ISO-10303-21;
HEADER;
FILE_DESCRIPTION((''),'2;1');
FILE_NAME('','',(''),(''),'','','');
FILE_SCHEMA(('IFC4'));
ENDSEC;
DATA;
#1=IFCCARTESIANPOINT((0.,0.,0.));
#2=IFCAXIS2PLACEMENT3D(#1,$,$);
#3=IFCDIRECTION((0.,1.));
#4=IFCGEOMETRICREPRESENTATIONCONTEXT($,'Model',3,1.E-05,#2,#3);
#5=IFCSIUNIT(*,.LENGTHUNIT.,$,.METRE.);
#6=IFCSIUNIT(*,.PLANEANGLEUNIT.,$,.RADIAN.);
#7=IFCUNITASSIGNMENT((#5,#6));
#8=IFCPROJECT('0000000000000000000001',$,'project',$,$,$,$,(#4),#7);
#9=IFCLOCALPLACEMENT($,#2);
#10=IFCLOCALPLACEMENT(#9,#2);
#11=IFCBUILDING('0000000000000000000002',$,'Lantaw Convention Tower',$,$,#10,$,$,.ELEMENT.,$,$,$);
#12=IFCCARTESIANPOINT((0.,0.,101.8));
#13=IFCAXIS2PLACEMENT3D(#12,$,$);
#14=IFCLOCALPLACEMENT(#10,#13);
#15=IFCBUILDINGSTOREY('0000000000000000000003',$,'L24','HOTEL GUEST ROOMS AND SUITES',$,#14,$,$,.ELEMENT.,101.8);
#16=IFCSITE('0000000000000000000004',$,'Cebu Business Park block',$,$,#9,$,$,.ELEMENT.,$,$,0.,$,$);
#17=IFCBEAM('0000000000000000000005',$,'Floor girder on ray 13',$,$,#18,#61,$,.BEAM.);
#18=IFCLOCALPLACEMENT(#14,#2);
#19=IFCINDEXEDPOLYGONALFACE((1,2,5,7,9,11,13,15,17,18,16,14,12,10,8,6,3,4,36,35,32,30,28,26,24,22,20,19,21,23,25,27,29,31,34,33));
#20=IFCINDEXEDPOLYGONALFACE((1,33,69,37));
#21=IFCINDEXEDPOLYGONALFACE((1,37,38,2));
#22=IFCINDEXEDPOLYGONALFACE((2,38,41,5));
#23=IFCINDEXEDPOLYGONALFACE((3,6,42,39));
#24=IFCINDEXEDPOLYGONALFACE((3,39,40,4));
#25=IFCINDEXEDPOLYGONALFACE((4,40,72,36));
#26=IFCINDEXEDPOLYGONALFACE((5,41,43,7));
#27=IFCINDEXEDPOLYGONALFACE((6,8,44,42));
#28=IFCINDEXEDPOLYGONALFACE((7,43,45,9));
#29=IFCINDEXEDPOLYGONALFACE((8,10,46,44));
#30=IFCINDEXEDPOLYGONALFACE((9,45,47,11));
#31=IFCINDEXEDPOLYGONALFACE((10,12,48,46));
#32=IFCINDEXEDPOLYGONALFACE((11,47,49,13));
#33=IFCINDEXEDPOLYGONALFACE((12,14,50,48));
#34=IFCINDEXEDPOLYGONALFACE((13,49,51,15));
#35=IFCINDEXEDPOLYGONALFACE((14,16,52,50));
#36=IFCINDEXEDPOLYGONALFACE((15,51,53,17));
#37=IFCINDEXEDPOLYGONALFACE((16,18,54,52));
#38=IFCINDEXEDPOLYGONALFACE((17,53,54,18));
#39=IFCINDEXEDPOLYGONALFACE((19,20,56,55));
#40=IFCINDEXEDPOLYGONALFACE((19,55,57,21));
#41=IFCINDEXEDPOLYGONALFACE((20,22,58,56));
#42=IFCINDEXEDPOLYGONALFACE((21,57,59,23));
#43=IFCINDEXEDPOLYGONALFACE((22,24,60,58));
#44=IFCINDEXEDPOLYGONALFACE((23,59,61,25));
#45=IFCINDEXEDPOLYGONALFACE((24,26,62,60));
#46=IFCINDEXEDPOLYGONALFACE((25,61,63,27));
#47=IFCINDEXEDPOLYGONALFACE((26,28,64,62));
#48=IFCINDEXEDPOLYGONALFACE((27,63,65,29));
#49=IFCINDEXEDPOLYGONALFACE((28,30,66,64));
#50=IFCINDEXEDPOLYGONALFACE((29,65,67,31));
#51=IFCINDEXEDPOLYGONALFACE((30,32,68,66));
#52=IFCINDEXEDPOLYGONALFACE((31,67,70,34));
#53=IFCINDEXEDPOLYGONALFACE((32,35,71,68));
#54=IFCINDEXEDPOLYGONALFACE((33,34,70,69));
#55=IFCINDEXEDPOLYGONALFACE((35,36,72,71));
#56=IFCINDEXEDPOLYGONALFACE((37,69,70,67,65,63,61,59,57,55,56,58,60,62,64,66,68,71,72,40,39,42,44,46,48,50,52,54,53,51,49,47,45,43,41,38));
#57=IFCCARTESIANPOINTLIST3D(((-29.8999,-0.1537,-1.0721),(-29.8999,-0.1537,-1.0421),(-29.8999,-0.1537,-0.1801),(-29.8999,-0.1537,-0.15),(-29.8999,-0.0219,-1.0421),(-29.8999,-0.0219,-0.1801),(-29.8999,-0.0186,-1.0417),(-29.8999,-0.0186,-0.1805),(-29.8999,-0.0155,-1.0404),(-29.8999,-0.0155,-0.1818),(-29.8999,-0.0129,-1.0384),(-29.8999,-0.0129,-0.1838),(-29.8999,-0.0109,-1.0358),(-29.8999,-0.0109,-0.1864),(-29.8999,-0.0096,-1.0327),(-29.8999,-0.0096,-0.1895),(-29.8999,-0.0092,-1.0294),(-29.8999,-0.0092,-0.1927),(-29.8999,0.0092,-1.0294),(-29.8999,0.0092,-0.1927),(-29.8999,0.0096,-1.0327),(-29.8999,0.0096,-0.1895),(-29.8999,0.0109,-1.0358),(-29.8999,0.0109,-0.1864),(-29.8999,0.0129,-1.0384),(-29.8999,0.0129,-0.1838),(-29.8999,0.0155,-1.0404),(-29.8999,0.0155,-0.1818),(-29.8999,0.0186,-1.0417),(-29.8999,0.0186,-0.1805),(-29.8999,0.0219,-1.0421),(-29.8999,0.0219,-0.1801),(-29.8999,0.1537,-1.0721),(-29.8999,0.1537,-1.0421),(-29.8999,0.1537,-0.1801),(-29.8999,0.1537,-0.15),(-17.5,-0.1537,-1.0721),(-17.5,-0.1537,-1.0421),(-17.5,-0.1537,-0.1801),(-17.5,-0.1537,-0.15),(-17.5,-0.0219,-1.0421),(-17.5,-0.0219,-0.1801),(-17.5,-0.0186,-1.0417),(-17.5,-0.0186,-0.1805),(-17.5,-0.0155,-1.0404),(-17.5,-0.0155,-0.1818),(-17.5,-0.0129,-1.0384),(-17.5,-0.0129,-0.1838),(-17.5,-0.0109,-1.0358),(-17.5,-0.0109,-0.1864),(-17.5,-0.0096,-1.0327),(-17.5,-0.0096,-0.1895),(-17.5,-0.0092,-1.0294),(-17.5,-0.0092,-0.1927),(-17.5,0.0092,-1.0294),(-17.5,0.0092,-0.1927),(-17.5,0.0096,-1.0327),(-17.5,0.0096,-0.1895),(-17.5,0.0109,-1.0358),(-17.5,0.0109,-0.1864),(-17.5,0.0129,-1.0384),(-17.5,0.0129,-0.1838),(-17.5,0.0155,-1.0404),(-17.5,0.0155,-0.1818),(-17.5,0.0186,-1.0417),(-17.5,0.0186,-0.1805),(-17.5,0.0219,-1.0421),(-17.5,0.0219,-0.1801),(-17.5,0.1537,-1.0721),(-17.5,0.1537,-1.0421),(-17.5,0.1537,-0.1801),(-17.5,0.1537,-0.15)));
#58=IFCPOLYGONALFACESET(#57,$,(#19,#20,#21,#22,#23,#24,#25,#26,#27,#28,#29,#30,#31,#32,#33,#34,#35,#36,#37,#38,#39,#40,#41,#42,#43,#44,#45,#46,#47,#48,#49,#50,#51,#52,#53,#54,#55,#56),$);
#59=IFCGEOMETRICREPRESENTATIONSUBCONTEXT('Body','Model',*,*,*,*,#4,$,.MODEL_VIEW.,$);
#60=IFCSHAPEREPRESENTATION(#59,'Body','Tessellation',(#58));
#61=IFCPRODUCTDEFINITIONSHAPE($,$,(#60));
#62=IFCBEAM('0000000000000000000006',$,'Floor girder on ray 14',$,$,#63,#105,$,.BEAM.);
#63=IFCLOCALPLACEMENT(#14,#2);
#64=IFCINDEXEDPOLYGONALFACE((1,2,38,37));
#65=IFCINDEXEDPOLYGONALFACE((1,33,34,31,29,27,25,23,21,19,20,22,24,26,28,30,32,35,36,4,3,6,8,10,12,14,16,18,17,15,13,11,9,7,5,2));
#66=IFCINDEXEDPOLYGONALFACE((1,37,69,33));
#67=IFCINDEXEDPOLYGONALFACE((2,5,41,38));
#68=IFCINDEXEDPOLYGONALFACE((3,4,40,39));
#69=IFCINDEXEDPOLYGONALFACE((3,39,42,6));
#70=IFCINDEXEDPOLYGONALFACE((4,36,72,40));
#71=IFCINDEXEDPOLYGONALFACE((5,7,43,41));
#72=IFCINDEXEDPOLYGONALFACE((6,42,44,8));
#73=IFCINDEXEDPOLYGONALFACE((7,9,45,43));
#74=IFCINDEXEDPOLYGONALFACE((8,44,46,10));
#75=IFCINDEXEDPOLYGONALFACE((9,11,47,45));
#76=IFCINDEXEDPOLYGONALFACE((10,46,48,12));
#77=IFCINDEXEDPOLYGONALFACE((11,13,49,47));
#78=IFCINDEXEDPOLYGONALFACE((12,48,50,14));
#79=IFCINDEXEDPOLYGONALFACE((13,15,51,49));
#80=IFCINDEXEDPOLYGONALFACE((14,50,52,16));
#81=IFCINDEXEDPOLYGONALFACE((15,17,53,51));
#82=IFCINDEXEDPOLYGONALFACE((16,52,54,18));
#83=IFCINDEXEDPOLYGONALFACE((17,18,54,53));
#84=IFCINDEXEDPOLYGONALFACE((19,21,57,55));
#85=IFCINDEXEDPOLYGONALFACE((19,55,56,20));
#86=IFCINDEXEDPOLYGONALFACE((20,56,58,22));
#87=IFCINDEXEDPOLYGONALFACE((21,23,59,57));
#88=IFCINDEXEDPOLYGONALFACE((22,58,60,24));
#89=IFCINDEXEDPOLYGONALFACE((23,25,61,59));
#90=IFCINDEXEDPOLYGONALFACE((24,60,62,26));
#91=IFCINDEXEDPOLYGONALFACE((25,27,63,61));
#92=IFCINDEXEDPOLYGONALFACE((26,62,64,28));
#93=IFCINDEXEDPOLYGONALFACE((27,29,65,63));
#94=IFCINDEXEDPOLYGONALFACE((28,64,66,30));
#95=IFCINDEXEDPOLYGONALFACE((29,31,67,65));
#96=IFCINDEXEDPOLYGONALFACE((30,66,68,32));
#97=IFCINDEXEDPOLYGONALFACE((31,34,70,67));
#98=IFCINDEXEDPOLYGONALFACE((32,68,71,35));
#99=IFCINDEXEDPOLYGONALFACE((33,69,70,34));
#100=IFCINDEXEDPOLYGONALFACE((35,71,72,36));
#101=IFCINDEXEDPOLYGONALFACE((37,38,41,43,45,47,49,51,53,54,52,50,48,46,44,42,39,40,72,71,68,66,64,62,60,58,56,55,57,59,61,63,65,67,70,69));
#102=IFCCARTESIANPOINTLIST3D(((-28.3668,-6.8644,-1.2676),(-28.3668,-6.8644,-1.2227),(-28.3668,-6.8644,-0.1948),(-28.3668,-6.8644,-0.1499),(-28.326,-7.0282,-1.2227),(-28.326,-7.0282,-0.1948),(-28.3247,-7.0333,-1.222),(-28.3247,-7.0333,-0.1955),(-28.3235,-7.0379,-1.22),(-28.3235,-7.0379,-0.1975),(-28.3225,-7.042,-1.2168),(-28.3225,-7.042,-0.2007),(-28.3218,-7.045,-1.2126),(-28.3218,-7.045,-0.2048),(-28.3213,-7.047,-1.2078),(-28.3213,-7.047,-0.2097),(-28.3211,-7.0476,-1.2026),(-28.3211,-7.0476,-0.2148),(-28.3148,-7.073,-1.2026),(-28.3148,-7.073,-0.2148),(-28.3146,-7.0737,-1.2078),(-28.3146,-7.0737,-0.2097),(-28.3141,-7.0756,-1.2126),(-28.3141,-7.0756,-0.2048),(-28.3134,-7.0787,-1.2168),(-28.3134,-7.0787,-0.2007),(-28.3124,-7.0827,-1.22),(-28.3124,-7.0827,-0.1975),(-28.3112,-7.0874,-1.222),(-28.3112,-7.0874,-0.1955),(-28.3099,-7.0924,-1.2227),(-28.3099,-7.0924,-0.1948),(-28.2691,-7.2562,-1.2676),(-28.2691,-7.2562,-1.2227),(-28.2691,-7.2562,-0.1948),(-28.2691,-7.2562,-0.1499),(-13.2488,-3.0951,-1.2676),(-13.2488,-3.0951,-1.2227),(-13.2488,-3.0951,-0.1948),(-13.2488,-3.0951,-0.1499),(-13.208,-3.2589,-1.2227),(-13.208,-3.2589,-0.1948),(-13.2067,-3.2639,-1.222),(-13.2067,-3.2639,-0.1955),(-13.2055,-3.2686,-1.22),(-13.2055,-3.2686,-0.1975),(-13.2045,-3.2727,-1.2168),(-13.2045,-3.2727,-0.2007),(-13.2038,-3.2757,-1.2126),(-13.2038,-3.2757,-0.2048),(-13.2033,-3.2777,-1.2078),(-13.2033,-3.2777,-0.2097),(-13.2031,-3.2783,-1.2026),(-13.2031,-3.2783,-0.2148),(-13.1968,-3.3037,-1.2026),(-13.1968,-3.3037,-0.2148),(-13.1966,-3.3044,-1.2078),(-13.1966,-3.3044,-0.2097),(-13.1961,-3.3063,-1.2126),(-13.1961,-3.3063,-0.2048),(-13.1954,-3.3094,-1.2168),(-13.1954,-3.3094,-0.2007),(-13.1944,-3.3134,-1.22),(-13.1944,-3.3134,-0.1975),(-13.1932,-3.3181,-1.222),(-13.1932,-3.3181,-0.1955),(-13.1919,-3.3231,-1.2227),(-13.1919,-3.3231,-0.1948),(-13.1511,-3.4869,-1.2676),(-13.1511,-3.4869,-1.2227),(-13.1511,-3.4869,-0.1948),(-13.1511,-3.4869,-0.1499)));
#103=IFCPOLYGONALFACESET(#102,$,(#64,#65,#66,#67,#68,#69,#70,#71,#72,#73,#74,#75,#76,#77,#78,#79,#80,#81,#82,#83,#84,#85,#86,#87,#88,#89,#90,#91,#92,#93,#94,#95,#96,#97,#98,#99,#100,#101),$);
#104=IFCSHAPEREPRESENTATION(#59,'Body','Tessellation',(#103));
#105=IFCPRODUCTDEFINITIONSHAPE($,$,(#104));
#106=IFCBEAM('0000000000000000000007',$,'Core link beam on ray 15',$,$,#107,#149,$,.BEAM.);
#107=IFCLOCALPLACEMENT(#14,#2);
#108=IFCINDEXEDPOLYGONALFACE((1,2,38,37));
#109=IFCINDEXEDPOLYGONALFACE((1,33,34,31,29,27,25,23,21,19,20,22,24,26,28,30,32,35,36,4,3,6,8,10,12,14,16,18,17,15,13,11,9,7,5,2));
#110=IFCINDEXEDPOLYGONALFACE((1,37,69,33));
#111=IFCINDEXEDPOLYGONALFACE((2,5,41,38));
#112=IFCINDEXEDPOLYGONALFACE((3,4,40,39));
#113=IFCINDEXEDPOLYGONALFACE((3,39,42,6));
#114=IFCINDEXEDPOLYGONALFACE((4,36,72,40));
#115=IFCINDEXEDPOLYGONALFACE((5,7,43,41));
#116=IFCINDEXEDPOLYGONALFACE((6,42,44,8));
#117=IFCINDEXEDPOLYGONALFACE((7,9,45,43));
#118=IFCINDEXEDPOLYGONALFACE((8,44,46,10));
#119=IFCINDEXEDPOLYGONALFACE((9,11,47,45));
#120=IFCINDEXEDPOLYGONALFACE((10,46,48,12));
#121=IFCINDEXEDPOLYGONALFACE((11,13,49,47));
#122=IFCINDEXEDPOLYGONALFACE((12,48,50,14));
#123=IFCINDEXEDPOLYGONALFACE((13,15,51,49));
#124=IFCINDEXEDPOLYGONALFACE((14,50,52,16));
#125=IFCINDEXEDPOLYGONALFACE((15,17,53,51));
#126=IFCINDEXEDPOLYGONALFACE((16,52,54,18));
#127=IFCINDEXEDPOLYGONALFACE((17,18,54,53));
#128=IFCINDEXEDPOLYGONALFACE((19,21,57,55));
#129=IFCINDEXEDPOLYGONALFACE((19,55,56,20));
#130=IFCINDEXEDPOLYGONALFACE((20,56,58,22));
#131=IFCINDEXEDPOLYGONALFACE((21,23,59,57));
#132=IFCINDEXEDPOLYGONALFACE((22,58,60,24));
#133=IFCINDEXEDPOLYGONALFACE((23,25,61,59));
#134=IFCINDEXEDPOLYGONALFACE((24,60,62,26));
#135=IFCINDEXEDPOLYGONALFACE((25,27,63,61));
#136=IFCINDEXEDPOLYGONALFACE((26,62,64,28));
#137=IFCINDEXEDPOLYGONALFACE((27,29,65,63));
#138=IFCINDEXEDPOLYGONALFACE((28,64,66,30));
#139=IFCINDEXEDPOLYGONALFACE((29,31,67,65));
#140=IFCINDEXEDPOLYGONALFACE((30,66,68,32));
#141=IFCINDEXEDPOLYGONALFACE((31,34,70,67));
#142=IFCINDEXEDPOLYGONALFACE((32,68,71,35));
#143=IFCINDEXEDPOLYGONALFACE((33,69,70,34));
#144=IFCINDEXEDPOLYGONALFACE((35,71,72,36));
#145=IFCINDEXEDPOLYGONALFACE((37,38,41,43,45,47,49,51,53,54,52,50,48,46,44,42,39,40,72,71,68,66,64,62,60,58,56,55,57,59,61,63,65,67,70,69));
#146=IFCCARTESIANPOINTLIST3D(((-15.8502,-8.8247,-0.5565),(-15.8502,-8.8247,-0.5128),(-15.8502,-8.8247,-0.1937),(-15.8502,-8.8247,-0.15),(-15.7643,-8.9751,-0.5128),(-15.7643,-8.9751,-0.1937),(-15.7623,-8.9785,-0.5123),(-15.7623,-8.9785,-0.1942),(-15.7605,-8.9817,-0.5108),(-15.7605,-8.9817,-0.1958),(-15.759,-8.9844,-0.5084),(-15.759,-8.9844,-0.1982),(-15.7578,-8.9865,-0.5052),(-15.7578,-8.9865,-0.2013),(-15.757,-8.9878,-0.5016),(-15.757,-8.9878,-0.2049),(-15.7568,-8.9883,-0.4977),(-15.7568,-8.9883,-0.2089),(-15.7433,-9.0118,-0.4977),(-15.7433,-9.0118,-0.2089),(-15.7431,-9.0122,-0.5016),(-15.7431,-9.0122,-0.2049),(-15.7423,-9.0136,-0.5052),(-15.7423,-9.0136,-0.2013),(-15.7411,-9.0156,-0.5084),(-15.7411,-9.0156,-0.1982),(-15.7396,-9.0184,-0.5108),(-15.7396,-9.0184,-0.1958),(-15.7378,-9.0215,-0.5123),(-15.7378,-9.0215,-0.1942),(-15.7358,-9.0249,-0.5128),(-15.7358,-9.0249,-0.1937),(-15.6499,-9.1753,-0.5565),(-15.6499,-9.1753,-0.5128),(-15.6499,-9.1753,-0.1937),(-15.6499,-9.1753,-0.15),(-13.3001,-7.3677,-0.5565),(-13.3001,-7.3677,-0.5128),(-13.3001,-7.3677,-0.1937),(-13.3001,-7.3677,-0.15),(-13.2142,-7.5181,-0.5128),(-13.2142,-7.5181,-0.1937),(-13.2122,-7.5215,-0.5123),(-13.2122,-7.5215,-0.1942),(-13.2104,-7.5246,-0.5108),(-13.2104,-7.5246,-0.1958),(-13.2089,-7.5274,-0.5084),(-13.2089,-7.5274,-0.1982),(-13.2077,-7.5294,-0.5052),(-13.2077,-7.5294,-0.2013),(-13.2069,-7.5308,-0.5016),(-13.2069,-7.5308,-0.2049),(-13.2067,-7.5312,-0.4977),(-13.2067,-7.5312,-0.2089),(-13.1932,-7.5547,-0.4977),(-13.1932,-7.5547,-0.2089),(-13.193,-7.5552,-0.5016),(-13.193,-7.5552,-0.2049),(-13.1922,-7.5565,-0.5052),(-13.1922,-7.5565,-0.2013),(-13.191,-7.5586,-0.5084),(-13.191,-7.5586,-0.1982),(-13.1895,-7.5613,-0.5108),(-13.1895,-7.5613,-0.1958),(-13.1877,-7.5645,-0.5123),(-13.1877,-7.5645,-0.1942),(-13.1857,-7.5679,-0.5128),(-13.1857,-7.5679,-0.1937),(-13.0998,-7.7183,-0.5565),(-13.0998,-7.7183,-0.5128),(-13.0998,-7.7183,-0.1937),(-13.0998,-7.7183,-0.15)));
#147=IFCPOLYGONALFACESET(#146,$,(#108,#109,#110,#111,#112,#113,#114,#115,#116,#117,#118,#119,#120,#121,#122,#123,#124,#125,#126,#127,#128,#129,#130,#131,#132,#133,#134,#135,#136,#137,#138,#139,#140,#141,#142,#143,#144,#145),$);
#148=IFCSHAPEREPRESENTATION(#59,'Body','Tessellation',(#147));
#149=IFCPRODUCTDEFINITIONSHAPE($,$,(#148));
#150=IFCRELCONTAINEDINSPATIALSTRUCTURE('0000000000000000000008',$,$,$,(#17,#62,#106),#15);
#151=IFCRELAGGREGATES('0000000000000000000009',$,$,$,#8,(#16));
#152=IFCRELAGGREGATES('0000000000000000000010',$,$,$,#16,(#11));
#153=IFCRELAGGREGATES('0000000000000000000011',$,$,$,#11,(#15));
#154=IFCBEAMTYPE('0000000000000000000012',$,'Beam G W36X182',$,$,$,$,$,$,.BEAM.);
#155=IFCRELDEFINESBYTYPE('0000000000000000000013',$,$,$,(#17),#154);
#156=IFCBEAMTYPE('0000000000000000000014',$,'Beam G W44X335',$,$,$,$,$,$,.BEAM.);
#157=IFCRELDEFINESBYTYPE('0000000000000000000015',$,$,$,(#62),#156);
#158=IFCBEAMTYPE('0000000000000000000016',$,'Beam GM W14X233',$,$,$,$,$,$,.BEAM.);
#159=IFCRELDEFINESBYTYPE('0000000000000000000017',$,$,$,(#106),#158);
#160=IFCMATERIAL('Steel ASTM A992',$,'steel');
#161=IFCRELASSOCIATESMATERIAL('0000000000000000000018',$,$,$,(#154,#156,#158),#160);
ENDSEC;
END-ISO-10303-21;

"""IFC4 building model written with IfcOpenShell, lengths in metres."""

from ifc_helpers import new_model, si_unit, direction, frame, origin, origin_2d, place, context, subcontext, project, spatial, i_section, extrude, material, material_profile, profile_set, type_object, element, save


model = new_model("IFC4")

# Units and contexts
model_context = context("Model", 3, precision=1e-05, world=origin(), true_north=direction((0.0, 1.0)))
body_context = subcontext(model_context, "Body", "Model", "MODEL_VIEW")
ifc_project = project(units=[si_unit("LENGTHUNIT", "METRE"), si_unit("PLANEANGLEUNIT", "RADIAN")], contexts=[model_context])

# Site, building, storey
site_placement = place(None, origin())
site = spatial("IfcSite", under=ifc_project, at=site_placement, Name="Cebu Business Park block", CompositionType="ELEMENT", RefElevation=0.0)
building_placement = place(site_placement, origin())
building = spatial("IfcBuilding", under=site, at=building_placement, Name="Lantaw Convention Tower", CompositionType="ELEMENT")
storey_placement = place(building_placement, frame((0.0, 0.0, 101.8)))
storey = spatial("IfcBuildingStorey", under=building, at=storey_placement, Name="L24", Description="HOTEL GUEST ROOMS AND SUITES", CompositionType="ELEMENT", Elevation=101.8)

# Beams
ifc_material_1 = material(Name="Steel ASTM A992", Category="steel")
ifc_material_profile_1 = material_profile(ifc_material_1, i_section(OverallWidth=0.3074, OverallDepth=0.9221, WebThickness=0.0183, FlangeThickness=0.03, FilletRadius=0.0127, at=origin_2d()), Name="W36X182")
ifc_profile_set_1 = profile_set([ifc_material_profile_1], Name="Steel ASTM A992")
beam_type_1 = type_object("IfcBeamType", Name="Beam G W36X182", PredefinedType="BEAM", material=ifc_profile_set_1)
beam_1_placement = place(storey_placement, frame((-17.5, 0.0, -0.6111), z_axis=(-1.0, 0.0, 0.0), x_axis=(0.0, -1.0, 0.0)))
element("IfcBeam", 1, at=beam_1_placement, inside=storey, type_object=beam_type_1, Name="Floor girder on ray 13", PredefinedType="BEAM", context=body_context, shape_type="SweptSolid", body=[
    extrude(i_section(OverallWidth=0.3074, OverallDepth=0.9221, WebThickness=0.0183, FlangeThickness=0.03, FilletRadius=0.0127, at=origin_2d()), origin(), (0.0, 0.0, 1.0), 12.3999),
])
ifc_material_profile_2 = material_profile(ifc_material_1, i_section(OverallWidth=0.4038, OverallDepth=1.1177, WebThickness=0.0261, FlangeThickness=0.0449, FilletRadius=0.02, at=origin_2d()), Name="W44X335")
ifc_profile_set_2 = profile_set([ifc_material_profile_2], Name="Steel ASTM A992")
beam_type_2 = type_object("IfcBeamType", Name="Beam G W44X335", PredefinedType="BEAM", material=ifc_profile_set_2)
beam_2_placement = place(storey_placement, frame((-13.2, -3.291, -0.7087), z_axis=(-0.970296, -0.24192, 0.0), x_axis=(0.24192, -0.970296, 0.0)))
element("IfcBeam", 2, at=beam_2_placement, inside=storey, type_object=beam_type_2, Name="Floor girder on ray 14", PredefinedType="BEAM", context=body_context, shape_type="SweptSolid", body=[
    extrude(i_section(OverallWidth=0.4038, OverallDepth=1.1177, WebThickness=0.0261, FlangeThickness=0.0449, FilletRadius=0.02, at=origin_2d()), origin(), (0.0, 0.0, 1.0), 15.5808),
])
ifc_material_profile_3 = material_profile(ifc_material_1, i_section(OverallWidth=0.4038, OverallDepth=0.4065, WebThickness=0.0271, FlangeThickness=0.0437, FilletRadius=0.0151, at=origin_2d()), Name="W14X233")
ifc_profile_set_3 = profile_set([ifc_material_profile_3], Name="Steel ASTM A992")
beam_type_3 = type_object("IfcBeamType", Name="Beam GM W14X233", PredefinedType="BEAM", material=ifc_profile_set_3)
beam_3_placement = place(storey_placement, frame((-13.2, -7.543, -0.3533), z_axis=(-0.868264, -0.496103, 0.0), x_axis=(0.496103, -0.868264, 0.0)))
element("IfcBeam", 3, at=beam_3_placement, inside=storey, type_object=beam_type_3, Name="Core link beam on ray 15", PredefinedType="BEAM", context=body_context, shape_type="SweptSolid", body=[
    extrude(i_section(OverallWidth=0.4038, OverallDepth=0.4065, WebThickness=0.0271, FlangeThickness=0.0437, FilletRadius=0.0151, at=origin_2d()), origin(), (0.0, 0.0, 1.0), 2.937),
])

save(model, "model.ifc")
